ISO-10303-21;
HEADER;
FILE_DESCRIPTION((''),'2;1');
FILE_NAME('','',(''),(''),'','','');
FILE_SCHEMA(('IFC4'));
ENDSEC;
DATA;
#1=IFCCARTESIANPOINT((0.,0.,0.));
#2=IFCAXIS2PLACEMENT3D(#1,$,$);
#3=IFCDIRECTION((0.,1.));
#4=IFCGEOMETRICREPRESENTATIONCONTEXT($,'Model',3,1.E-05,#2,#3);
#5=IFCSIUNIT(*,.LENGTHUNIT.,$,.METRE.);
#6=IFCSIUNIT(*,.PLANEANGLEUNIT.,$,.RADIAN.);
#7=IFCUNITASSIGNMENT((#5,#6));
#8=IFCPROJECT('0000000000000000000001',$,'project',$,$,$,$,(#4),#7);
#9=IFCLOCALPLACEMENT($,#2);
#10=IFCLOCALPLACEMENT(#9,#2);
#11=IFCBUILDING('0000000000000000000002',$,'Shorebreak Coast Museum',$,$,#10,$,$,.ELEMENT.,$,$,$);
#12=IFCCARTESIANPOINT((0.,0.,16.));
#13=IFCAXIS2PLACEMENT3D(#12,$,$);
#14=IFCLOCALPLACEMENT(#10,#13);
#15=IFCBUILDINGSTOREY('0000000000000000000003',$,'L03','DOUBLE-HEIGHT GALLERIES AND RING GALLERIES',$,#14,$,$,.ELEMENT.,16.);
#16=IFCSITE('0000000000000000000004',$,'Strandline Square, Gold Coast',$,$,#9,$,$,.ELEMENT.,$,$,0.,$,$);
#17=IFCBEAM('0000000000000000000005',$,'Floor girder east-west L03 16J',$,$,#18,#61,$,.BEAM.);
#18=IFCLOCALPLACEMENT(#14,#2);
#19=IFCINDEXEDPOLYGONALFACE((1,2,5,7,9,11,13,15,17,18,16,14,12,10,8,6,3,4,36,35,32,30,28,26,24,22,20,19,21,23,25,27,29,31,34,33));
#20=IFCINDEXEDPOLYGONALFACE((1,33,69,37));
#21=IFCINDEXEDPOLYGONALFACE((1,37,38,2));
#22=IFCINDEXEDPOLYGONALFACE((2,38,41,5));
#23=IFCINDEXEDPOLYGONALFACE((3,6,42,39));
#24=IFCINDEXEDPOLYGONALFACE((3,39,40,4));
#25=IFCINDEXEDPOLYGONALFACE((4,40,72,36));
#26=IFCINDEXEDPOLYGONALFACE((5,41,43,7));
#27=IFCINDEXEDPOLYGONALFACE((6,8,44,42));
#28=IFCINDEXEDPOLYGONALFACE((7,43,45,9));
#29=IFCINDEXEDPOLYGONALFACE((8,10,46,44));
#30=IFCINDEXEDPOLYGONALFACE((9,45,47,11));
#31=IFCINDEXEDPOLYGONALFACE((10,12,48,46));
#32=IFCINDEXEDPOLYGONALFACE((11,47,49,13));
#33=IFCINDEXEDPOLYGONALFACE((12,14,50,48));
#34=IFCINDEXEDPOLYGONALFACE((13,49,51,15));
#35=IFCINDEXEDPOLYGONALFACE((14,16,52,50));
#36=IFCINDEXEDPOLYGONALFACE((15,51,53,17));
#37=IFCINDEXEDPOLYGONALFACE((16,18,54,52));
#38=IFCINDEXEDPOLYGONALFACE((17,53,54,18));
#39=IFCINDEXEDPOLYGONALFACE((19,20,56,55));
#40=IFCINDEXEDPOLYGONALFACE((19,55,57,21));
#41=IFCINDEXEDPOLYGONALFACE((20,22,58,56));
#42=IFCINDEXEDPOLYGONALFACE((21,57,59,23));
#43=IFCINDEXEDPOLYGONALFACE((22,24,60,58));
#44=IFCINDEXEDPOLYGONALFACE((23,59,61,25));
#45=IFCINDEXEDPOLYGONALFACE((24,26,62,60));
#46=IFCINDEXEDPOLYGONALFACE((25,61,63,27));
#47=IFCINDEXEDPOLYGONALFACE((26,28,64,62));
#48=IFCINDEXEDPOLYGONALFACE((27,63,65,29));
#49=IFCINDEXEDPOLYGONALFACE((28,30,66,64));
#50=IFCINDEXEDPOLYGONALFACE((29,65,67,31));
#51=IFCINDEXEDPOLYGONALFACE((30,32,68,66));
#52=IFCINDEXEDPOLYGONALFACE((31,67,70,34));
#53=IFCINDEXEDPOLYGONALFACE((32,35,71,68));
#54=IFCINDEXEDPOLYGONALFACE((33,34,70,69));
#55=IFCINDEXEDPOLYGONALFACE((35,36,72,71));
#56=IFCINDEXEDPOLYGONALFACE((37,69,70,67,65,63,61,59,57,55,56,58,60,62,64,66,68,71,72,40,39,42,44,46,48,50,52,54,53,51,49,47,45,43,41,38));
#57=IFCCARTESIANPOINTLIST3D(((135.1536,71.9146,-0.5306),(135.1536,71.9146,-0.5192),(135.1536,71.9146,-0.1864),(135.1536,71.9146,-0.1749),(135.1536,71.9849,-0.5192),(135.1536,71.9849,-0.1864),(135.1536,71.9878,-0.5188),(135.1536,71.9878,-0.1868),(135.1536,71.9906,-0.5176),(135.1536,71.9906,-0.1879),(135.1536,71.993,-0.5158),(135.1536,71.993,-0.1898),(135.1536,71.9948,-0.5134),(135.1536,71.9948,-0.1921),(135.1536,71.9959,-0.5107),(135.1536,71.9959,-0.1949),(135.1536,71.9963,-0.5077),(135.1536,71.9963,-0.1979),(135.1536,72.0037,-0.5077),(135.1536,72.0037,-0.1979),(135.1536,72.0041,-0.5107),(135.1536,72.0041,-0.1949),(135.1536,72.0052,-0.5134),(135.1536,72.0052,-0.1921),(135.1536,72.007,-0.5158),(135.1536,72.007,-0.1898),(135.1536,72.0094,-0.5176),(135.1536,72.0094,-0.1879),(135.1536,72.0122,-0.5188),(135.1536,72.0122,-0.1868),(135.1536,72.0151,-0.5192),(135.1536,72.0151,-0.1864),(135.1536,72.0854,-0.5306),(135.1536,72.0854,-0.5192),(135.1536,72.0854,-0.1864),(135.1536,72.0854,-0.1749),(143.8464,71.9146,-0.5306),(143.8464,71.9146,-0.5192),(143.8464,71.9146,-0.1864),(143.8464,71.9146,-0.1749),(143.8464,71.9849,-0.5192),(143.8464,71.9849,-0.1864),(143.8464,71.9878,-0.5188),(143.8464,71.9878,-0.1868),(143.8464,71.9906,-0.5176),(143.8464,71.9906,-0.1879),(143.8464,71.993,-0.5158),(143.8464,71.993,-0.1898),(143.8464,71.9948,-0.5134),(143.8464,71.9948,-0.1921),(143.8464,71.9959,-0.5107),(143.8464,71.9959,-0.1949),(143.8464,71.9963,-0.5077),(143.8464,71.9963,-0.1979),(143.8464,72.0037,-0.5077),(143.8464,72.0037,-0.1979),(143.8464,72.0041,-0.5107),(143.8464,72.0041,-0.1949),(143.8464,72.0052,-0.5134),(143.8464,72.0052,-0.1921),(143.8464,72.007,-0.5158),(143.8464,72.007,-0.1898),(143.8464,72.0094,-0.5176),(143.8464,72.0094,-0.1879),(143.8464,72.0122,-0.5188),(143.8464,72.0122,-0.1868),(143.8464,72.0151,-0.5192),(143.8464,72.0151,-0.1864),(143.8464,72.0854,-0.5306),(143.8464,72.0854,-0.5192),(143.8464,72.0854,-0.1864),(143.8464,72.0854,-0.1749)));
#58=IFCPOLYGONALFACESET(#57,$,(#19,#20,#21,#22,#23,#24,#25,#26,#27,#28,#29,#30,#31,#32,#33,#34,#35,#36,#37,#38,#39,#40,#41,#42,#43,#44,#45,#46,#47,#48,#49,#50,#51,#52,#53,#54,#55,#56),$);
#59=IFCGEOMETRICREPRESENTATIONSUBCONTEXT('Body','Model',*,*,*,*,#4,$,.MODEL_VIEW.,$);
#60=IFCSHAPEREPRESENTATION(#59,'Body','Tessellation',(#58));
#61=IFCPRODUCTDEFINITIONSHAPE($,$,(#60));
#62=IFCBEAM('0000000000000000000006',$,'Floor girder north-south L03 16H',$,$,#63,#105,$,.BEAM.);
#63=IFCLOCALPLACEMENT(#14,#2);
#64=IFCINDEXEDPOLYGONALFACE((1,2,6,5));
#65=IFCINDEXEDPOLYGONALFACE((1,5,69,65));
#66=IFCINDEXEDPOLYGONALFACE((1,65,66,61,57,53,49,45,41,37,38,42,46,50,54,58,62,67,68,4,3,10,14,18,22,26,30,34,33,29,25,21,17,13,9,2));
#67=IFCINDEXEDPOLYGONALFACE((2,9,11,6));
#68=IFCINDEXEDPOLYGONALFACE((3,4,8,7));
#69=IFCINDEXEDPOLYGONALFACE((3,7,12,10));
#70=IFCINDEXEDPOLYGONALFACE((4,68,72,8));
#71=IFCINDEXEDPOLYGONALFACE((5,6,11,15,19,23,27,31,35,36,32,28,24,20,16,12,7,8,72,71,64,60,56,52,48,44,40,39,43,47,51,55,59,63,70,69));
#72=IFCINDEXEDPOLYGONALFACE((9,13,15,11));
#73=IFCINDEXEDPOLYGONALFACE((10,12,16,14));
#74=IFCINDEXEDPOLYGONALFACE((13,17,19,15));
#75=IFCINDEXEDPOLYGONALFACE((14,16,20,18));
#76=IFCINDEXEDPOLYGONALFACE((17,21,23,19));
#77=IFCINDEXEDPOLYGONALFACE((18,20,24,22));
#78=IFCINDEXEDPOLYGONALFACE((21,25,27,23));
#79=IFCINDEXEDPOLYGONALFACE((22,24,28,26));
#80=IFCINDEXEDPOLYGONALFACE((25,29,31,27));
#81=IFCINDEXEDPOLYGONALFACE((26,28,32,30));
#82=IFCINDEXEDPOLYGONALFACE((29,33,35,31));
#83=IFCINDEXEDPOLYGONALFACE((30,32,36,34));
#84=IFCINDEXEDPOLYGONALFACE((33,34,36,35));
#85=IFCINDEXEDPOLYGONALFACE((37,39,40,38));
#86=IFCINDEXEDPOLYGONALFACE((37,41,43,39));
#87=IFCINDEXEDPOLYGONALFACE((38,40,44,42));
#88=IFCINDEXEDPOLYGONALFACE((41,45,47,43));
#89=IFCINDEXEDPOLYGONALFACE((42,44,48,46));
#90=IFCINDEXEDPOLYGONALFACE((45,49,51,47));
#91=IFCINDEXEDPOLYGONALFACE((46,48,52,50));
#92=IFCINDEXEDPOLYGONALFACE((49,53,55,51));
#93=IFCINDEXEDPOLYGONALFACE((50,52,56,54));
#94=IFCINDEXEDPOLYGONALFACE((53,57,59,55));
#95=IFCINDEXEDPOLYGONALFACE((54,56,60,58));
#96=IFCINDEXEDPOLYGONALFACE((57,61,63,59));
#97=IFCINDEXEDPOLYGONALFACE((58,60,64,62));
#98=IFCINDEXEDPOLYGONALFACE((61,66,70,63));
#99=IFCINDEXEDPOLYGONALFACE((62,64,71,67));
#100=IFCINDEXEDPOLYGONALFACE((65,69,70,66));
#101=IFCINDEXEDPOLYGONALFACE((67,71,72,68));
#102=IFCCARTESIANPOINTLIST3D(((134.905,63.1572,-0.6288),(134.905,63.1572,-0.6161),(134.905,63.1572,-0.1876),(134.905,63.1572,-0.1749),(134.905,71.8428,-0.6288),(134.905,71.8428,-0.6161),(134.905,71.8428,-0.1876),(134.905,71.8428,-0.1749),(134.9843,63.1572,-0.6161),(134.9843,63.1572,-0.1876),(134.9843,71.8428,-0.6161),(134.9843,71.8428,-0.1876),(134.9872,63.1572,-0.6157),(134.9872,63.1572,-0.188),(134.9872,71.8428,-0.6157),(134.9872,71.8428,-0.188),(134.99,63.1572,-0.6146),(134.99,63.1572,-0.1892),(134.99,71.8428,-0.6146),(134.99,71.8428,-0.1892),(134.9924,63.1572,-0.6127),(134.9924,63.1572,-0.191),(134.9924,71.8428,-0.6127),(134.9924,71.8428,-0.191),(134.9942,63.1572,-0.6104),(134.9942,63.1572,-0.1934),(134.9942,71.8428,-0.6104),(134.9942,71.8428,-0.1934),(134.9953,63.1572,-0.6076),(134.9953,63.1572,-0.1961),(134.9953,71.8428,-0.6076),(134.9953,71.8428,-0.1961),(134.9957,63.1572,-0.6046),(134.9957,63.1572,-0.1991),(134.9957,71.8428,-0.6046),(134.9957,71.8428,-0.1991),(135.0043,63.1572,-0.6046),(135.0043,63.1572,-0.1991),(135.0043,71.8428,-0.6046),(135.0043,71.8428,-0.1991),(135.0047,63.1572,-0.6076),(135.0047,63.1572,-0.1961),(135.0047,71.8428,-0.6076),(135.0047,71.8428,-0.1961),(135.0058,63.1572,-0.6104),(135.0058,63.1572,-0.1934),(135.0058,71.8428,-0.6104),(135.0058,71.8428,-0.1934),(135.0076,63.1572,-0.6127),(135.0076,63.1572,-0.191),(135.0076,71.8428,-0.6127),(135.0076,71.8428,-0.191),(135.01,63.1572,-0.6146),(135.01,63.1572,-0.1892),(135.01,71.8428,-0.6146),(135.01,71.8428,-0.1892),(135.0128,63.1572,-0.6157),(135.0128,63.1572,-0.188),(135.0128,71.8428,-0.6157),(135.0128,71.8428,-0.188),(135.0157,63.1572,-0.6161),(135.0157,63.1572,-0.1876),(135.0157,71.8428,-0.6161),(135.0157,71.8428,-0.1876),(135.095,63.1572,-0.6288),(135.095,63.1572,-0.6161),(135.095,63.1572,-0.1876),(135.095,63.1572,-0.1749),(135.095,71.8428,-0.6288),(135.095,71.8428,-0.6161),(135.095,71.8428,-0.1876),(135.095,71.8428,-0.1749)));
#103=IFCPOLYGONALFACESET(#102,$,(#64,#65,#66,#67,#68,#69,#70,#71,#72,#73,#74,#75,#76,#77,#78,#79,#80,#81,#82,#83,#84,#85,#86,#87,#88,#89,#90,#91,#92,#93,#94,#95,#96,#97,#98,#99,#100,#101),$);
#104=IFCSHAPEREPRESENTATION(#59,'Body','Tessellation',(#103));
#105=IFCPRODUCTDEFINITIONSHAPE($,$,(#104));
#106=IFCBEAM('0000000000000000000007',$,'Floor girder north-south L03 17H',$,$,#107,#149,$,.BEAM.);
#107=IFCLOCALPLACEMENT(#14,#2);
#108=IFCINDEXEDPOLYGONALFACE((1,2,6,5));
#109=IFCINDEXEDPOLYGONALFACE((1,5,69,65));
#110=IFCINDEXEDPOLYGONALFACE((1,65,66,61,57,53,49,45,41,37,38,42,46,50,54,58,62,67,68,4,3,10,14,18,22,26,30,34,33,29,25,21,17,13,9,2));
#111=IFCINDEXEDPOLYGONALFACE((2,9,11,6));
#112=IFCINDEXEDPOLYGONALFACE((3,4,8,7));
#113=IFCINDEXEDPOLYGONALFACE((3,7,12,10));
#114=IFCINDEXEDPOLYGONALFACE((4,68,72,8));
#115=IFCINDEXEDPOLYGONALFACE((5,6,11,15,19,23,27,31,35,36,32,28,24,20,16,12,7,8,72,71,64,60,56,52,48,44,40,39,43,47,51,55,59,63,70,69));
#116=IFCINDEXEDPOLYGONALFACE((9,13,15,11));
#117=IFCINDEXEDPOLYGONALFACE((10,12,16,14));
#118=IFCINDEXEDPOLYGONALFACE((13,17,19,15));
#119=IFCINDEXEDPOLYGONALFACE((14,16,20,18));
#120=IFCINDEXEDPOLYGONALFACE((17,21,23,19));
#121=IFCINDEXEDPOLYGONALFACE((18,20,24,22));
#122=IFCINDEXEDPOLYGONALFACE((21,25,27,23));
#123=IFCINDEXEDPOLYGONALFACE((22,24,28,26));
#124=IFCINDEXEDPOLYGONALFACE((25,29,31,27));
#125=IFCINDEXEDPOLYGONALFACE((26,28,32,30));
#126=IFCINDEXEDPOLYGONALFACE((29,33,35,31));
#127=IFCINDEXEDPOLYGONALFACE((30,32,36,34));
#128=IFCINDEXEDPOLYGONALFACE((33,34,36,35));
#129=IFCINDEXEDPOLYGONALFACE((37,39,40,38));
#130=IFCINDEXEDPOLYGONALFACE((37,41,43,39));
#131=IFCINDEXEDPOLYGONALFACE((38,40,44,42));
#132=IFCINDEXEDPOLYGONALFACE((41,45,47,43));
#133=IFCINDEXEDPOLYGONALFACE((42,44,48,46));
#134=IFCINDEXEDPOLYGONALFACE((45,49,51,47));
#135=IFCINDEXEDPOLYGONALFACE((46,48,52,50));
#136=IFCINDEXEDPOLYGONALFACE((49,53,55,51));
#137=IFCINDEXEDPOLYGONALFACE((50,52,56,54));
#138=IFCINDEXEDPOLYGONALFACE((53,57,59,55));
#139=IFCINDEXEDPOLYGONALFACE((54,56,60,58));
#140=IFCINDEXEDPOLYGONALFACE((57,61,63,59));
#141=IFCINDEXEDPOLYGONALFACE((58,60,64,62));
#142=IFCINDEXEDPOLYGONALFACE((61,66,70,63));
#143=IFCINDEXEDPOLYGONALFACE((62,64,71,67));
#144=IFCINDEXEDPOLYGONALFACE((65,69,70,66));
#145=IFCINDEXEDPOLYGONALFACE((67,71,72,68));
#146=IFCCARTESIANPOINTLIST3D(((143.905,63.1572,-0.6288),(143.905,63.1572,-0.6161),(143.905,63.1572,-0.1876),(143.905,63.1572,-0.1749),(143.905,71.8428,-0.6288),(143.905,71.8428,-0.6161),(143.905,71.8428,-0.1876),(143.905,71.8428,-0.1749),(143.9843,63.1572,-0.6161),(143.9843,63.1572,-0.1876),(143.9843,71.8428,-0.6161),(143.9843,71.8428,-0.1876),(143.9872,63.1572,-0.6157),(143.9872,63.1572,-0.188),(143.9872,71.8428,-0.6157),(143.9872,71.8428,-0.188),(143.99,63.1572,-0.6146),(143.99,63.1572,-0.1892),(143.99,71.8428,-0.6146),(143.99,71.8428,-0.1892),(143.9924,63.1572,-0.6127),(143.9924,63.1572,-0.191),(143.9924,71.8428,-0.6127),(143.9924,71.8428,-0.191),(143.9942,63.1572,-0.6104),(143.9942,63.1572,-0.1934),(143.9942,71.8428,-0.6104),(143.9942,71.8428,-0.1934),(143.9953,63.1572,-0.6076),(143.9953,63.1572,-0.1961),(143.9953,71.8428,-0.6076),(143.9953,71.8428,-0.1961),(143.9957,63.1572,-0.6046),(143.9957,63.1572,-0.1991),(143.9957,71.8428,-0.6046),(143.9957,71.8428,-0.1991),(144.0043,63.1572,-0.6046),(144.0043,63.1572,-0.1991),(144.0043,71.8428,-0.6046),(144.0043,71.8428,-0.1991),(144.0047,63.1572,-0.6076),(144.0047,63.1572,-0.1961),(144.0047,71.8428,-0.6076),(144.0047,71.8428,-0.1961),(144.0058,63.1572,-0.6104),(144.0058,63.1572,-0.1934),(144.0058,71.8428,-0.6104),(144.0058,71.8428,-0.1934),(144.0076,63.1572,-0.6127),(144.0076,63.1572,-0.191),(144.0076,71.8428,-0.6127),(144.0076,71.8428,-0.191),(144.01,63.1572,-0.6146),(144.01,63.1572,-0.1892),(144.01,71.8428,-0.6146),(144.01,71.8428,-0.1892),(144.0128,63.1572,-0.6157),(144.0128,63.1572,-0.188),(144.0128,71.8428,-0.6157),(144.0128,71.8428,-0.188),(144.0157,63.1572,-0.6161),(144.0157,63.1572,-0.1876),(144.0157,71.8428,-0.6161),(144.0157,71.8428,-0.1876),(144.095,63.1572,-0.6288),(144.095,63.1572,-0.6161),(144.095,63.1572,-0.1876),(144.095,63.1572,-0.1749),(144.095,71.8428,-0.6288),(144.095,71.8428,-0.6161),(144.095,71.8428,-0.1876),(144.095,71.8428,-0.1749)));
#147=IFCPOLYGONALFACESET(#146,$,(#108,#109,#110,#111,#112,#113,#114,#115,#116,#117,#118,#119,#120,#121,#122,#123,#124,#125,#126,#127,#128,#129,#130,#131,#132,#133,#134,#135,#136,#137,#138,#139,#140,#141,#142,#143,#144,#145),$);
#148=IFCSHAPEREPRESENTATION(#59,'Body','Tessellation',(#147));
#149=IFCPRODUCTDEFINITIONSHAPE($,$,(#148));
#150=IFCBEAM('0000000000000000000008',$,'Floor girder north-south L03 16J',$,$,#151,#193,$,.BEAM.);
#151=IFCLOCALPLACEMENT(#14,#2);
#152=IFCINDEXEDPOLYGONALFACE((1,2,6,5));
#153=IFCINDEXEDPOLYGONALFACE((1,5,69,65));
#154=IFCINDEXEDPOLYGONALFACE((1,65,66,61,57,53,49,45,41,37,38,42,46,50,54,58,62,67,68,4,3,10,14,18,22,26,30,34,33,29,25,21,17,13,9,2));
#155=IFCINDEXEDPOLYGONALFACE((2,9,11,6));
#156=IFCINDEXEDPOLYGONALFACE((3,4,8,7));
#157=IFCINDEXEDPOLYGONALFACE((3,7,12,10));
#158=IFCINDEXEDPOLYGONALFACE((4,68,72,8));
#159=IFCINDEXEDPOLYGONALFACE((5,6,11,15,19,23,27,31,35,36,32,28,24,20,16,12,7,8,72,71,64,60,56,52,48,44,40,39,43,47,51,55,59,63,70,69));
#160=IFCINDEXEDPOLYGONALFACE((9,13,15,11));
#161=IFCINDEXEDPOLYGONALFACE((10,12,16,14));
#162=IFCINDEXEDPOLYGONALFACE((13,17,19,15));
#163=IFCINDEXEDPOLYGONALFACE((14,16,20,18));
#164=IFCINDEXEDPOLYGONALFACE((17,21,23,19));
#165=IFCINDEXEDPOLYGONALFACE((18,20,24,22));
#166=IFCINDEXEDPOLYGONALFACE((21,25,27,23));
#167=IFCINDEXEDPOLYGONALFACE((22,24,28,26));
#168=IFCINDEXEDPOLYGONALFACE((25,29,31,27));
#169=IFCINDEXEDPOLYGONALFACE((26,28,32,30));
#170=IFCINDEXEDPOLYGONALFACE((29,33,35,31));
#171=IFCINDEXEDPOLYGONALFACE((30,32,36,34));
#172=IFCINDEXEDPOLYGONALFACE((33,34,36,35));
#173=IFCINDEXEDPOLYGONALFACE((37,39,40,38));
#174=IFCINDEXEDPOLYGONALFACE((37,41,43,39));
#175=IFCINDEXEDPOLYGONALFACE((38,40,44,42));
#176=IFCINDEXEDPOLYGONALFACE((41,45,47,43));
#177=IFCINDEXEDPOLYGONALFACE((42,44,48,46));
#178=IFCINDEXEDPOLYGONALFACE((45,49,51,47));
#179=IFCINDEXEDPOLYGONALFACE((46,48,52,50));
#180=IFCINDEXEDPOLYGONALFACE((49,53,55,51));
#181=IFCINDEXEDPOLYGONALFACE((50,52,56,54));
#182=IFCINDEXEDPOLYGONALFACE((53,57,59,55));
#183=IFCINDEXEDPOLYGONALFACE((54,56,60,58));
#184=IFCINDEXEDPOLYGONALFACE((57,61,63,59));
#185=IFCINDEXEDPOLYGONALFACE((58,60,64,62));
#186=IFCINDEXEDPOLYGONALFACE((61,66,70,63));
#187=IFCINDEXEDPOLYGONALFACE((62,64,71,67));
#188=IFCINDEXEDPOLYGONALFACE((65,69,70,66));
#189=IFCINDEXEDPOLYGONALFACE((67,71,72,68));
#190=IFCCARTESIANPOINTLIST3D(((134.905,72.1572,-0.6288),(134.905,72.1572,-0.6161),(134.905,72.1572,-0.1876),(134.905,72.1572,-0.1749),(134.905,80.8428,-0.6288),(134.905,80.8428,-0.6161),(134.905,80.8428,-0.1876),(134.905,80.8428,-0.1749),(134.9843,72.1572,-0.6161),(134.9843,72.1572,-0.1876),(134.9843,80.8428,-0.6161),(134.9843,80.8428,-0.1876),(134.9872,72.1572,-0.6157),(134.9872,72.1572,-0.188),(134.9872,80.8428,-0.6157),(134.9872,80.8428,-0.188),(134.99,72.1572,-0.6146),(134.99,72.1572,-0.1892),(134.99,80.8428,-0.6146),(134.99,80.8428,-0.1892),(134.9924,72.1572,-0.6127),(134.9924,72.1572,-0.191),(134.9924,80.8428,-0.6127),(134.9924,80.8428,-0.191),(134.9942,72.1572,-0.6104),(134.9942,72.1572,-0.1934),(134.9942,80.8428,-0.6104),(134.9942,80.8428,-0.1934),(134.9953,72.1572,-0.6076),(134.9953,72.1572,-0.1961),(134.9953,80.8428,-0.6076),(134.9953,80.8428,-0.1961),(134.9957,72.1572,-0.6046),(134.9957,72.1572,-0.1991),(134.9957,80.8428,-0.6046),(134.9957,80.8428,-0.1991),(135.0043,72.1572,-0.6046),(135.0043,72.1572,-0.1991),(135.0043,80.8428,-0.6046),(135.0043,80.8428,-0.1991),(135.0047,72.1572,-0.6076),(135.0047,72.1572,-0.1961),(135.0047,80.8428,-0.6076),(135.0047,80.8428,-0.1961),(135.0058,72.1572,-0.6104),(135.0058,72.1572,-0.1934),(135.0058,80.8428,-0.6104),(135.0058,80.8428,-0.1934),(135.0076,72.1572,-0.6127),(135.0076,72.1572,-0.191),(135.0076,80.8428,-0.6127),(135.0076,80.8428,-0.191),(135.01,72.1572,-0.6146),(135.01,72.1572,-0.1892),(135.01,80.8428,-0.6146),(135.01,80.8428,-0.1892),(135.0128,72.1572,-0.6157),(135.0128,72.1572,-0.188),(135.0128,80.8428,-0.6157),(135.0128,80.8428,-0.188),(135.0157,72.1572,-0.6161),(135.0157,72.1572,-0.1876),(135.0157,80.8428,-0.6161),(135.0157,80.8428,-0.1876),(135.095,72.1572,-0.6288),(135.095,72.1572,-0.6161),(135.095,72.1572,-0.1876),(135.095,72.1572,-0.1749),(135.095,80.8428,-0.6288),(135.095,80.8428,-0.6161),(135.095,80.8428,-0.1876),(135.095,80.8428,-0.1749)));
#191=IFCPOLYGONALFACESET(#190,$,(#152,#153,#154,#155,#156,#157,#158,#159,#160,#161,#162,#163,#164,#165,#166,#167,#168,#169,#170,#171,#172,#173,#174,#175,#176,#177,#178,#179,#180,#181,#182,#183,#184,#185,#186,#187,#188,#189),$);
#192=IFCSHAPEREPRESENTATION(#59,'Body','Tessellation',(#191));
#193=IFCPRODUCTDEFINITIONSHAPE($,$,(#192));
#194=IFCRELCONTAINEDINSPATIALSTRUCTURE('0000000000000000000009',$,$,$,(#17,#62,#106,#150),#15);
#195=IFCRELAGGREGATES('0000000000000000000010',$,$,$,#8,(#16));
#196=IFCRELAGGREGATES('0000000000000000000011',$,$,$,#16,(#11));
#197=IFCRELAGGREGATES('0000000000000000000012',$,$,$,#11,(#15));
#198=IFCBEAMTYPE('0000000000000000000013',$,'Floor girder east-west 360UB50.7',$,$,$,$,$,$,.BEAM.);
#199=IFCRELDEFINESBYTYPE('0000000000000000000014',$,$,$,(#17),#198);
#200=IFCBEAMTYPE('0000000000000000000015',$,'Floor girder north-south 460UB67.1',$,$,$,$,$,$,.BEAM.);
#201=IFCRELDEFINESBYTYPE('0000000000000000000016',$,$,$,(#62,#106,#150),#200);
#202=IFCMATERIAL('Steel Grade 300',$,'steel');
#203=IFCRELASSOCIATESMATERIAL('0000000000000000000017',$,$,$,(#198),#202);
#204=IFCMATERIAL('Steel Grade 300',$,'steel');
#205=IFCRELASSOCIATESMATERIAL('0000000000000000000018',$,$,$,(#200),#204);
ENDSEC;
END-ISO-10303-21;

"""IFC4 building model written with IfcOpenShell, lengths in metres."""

from ifc_helpers import new_model, si_unit, direction, frame, origin, origin_2d, place, context, subcontext, project, spatial, i_section, extrude, material, material_profile, profile_set, type_object, element, save


model = new_model("IFC4")

# Units and contexts
model_context = context("Model", 3, precision=1e-05, world=origin(), true_north=direction((0.0, 1.0)))
body_context = subcontext(model_context, "Body", "Model", "MODEL_VIEW")
ifc_project = project(units=[si_unit("LENGTHUNIT", "METRE"), si_unit("PLANEANGLEUNIT", "RADIAN")], contexts=[model_context])

# Site, building, storey
site_placement = place(None, origin())
site = spatial("IfcSite", under=ifc_project, at=site_placement, Name="Strandline Square, Gold Coast", CompositionType="ELEMENT", RefElevation=0.0)
building_placement = place(site_placement, origin())
building = spatial("IfcBuilding", under=site, at=building_placement, Name="Shorebreak Coast Museum", CompositionType="ELEMENT")
storey_placement = place(building_placement, frame((0.0, 0.0, 16.0)))
storey = spatial("IfcBuildingStorey", under=building, at=storey_placement, Name="L03", Description="DOUBLE-HEIGHT GALLERIES AND RING GALLERIES", CompositionType="ELEMENT", Elevation=16.0)

# Beams
ifc_material_1 = material(Name="Steel Grade 300", Category="steel")
ifc_material_profile_1 = material_profile(ifc_material_1, i_section(OverallWidth=0.1709, OverallDepth=0.3557, WebThickness=0.0073, FlangeThickness=0.0115, FilletRadius=0.0115, at=origin_2d()), Name="360UB50.7")
ifc_profile_set_1 = profile_set([ifc_material_profile_1], Name="Steel Grade 300")
beam_type_1 = type_object("IfcBeamType", Name="Floor girder east-west 360UB50.7", PredefinedType="BEAM", material=ifc_profile_set_1)
for number, where, z_axis, x_axis, name in (
    (1, (135.1536, 72.0, -0.3528), (1.0, 0.0, 0.0), (0.0, 1.0, 0.0), "Floor girder east-west L03 16J"),
):
    element("IfcBeam", number, at=place(storey_placement, frame(where, z_axis=z_axis, x_axis=x_axis)), inside=storey, type_object=beam_type_1, Name=name, PredefinedType="BEAM", context=body_context, shape_type="SweptSolid", body=[
        extrude(i_section(OverallWidth=0.1709, OverallDepth=0.3557, WebThickness=0.0073, FlangeThickness=0.0115, FilletRadius=0.0115, at=origin_2d()), origin(), (0.0, 0.0, 1.0), 8.6929),
    ])
ifc_material_2 = material(Name="Steel Grade 300", Category="steel")
ifc_material_profile_2 = material_profile(ifc_material_2, i_section(OverallWidth=0.1899, OverallDepth=0.4539, WebThickness=0.0085, FlangeThickness=0.0127, FilletRadius=0.0115, at=origin_2d()), Name="460UB67.1")
ifc_profile_set_2 = profile_set([ifc_material_profile_2], Name="Steel Grade 300")
beam_type_2 = type_object("IfcBeamType", Name="Floor girder north-south 460UB67.1", PredefinedType="BEAM", material=ifc_profile_set_2)
for number, where, z_axis, x_axis, name in (
    (2, (135.0, 63.1572, -0.4019), (0.0, 1.0, 0.0), (-1.0, 0.0, 0.0), "Floor girder north-south L03 16H"),
    (3, (144.0, 63.1572, -0.4019), (0.0, 1.0, 0.0), (-1.0, 0.0, 0.0), "Floor girder north-south L03 17H"),
    (4, (135.0, 72.1572, -0.4019), (0.0, 1.0, 0.0), (-1.0, 0.0, 0.0), "Floor girder north-south L03 16J"),
):
    element("IfcBeam", number, at=place(storey_placement, frame(where, z_axis=z_axis, x_axis=x_axis)), inside=storey, type_object=beam_type_2, Name=name, PredefinedType="BEAM", context=body_context, shape_type="SweptSolid", body=[
        extrude(i_section(OverallWidth=0.1899, OverallDepth=0.4539, WebThickness=0.0085, FlangeThickness=0.0127, FilletRadius=0.0115, at=origin_2d()), origin(), (0.0, 0.0, 1.0), 8.6855),
    ])

save(model, "model.ifc")
